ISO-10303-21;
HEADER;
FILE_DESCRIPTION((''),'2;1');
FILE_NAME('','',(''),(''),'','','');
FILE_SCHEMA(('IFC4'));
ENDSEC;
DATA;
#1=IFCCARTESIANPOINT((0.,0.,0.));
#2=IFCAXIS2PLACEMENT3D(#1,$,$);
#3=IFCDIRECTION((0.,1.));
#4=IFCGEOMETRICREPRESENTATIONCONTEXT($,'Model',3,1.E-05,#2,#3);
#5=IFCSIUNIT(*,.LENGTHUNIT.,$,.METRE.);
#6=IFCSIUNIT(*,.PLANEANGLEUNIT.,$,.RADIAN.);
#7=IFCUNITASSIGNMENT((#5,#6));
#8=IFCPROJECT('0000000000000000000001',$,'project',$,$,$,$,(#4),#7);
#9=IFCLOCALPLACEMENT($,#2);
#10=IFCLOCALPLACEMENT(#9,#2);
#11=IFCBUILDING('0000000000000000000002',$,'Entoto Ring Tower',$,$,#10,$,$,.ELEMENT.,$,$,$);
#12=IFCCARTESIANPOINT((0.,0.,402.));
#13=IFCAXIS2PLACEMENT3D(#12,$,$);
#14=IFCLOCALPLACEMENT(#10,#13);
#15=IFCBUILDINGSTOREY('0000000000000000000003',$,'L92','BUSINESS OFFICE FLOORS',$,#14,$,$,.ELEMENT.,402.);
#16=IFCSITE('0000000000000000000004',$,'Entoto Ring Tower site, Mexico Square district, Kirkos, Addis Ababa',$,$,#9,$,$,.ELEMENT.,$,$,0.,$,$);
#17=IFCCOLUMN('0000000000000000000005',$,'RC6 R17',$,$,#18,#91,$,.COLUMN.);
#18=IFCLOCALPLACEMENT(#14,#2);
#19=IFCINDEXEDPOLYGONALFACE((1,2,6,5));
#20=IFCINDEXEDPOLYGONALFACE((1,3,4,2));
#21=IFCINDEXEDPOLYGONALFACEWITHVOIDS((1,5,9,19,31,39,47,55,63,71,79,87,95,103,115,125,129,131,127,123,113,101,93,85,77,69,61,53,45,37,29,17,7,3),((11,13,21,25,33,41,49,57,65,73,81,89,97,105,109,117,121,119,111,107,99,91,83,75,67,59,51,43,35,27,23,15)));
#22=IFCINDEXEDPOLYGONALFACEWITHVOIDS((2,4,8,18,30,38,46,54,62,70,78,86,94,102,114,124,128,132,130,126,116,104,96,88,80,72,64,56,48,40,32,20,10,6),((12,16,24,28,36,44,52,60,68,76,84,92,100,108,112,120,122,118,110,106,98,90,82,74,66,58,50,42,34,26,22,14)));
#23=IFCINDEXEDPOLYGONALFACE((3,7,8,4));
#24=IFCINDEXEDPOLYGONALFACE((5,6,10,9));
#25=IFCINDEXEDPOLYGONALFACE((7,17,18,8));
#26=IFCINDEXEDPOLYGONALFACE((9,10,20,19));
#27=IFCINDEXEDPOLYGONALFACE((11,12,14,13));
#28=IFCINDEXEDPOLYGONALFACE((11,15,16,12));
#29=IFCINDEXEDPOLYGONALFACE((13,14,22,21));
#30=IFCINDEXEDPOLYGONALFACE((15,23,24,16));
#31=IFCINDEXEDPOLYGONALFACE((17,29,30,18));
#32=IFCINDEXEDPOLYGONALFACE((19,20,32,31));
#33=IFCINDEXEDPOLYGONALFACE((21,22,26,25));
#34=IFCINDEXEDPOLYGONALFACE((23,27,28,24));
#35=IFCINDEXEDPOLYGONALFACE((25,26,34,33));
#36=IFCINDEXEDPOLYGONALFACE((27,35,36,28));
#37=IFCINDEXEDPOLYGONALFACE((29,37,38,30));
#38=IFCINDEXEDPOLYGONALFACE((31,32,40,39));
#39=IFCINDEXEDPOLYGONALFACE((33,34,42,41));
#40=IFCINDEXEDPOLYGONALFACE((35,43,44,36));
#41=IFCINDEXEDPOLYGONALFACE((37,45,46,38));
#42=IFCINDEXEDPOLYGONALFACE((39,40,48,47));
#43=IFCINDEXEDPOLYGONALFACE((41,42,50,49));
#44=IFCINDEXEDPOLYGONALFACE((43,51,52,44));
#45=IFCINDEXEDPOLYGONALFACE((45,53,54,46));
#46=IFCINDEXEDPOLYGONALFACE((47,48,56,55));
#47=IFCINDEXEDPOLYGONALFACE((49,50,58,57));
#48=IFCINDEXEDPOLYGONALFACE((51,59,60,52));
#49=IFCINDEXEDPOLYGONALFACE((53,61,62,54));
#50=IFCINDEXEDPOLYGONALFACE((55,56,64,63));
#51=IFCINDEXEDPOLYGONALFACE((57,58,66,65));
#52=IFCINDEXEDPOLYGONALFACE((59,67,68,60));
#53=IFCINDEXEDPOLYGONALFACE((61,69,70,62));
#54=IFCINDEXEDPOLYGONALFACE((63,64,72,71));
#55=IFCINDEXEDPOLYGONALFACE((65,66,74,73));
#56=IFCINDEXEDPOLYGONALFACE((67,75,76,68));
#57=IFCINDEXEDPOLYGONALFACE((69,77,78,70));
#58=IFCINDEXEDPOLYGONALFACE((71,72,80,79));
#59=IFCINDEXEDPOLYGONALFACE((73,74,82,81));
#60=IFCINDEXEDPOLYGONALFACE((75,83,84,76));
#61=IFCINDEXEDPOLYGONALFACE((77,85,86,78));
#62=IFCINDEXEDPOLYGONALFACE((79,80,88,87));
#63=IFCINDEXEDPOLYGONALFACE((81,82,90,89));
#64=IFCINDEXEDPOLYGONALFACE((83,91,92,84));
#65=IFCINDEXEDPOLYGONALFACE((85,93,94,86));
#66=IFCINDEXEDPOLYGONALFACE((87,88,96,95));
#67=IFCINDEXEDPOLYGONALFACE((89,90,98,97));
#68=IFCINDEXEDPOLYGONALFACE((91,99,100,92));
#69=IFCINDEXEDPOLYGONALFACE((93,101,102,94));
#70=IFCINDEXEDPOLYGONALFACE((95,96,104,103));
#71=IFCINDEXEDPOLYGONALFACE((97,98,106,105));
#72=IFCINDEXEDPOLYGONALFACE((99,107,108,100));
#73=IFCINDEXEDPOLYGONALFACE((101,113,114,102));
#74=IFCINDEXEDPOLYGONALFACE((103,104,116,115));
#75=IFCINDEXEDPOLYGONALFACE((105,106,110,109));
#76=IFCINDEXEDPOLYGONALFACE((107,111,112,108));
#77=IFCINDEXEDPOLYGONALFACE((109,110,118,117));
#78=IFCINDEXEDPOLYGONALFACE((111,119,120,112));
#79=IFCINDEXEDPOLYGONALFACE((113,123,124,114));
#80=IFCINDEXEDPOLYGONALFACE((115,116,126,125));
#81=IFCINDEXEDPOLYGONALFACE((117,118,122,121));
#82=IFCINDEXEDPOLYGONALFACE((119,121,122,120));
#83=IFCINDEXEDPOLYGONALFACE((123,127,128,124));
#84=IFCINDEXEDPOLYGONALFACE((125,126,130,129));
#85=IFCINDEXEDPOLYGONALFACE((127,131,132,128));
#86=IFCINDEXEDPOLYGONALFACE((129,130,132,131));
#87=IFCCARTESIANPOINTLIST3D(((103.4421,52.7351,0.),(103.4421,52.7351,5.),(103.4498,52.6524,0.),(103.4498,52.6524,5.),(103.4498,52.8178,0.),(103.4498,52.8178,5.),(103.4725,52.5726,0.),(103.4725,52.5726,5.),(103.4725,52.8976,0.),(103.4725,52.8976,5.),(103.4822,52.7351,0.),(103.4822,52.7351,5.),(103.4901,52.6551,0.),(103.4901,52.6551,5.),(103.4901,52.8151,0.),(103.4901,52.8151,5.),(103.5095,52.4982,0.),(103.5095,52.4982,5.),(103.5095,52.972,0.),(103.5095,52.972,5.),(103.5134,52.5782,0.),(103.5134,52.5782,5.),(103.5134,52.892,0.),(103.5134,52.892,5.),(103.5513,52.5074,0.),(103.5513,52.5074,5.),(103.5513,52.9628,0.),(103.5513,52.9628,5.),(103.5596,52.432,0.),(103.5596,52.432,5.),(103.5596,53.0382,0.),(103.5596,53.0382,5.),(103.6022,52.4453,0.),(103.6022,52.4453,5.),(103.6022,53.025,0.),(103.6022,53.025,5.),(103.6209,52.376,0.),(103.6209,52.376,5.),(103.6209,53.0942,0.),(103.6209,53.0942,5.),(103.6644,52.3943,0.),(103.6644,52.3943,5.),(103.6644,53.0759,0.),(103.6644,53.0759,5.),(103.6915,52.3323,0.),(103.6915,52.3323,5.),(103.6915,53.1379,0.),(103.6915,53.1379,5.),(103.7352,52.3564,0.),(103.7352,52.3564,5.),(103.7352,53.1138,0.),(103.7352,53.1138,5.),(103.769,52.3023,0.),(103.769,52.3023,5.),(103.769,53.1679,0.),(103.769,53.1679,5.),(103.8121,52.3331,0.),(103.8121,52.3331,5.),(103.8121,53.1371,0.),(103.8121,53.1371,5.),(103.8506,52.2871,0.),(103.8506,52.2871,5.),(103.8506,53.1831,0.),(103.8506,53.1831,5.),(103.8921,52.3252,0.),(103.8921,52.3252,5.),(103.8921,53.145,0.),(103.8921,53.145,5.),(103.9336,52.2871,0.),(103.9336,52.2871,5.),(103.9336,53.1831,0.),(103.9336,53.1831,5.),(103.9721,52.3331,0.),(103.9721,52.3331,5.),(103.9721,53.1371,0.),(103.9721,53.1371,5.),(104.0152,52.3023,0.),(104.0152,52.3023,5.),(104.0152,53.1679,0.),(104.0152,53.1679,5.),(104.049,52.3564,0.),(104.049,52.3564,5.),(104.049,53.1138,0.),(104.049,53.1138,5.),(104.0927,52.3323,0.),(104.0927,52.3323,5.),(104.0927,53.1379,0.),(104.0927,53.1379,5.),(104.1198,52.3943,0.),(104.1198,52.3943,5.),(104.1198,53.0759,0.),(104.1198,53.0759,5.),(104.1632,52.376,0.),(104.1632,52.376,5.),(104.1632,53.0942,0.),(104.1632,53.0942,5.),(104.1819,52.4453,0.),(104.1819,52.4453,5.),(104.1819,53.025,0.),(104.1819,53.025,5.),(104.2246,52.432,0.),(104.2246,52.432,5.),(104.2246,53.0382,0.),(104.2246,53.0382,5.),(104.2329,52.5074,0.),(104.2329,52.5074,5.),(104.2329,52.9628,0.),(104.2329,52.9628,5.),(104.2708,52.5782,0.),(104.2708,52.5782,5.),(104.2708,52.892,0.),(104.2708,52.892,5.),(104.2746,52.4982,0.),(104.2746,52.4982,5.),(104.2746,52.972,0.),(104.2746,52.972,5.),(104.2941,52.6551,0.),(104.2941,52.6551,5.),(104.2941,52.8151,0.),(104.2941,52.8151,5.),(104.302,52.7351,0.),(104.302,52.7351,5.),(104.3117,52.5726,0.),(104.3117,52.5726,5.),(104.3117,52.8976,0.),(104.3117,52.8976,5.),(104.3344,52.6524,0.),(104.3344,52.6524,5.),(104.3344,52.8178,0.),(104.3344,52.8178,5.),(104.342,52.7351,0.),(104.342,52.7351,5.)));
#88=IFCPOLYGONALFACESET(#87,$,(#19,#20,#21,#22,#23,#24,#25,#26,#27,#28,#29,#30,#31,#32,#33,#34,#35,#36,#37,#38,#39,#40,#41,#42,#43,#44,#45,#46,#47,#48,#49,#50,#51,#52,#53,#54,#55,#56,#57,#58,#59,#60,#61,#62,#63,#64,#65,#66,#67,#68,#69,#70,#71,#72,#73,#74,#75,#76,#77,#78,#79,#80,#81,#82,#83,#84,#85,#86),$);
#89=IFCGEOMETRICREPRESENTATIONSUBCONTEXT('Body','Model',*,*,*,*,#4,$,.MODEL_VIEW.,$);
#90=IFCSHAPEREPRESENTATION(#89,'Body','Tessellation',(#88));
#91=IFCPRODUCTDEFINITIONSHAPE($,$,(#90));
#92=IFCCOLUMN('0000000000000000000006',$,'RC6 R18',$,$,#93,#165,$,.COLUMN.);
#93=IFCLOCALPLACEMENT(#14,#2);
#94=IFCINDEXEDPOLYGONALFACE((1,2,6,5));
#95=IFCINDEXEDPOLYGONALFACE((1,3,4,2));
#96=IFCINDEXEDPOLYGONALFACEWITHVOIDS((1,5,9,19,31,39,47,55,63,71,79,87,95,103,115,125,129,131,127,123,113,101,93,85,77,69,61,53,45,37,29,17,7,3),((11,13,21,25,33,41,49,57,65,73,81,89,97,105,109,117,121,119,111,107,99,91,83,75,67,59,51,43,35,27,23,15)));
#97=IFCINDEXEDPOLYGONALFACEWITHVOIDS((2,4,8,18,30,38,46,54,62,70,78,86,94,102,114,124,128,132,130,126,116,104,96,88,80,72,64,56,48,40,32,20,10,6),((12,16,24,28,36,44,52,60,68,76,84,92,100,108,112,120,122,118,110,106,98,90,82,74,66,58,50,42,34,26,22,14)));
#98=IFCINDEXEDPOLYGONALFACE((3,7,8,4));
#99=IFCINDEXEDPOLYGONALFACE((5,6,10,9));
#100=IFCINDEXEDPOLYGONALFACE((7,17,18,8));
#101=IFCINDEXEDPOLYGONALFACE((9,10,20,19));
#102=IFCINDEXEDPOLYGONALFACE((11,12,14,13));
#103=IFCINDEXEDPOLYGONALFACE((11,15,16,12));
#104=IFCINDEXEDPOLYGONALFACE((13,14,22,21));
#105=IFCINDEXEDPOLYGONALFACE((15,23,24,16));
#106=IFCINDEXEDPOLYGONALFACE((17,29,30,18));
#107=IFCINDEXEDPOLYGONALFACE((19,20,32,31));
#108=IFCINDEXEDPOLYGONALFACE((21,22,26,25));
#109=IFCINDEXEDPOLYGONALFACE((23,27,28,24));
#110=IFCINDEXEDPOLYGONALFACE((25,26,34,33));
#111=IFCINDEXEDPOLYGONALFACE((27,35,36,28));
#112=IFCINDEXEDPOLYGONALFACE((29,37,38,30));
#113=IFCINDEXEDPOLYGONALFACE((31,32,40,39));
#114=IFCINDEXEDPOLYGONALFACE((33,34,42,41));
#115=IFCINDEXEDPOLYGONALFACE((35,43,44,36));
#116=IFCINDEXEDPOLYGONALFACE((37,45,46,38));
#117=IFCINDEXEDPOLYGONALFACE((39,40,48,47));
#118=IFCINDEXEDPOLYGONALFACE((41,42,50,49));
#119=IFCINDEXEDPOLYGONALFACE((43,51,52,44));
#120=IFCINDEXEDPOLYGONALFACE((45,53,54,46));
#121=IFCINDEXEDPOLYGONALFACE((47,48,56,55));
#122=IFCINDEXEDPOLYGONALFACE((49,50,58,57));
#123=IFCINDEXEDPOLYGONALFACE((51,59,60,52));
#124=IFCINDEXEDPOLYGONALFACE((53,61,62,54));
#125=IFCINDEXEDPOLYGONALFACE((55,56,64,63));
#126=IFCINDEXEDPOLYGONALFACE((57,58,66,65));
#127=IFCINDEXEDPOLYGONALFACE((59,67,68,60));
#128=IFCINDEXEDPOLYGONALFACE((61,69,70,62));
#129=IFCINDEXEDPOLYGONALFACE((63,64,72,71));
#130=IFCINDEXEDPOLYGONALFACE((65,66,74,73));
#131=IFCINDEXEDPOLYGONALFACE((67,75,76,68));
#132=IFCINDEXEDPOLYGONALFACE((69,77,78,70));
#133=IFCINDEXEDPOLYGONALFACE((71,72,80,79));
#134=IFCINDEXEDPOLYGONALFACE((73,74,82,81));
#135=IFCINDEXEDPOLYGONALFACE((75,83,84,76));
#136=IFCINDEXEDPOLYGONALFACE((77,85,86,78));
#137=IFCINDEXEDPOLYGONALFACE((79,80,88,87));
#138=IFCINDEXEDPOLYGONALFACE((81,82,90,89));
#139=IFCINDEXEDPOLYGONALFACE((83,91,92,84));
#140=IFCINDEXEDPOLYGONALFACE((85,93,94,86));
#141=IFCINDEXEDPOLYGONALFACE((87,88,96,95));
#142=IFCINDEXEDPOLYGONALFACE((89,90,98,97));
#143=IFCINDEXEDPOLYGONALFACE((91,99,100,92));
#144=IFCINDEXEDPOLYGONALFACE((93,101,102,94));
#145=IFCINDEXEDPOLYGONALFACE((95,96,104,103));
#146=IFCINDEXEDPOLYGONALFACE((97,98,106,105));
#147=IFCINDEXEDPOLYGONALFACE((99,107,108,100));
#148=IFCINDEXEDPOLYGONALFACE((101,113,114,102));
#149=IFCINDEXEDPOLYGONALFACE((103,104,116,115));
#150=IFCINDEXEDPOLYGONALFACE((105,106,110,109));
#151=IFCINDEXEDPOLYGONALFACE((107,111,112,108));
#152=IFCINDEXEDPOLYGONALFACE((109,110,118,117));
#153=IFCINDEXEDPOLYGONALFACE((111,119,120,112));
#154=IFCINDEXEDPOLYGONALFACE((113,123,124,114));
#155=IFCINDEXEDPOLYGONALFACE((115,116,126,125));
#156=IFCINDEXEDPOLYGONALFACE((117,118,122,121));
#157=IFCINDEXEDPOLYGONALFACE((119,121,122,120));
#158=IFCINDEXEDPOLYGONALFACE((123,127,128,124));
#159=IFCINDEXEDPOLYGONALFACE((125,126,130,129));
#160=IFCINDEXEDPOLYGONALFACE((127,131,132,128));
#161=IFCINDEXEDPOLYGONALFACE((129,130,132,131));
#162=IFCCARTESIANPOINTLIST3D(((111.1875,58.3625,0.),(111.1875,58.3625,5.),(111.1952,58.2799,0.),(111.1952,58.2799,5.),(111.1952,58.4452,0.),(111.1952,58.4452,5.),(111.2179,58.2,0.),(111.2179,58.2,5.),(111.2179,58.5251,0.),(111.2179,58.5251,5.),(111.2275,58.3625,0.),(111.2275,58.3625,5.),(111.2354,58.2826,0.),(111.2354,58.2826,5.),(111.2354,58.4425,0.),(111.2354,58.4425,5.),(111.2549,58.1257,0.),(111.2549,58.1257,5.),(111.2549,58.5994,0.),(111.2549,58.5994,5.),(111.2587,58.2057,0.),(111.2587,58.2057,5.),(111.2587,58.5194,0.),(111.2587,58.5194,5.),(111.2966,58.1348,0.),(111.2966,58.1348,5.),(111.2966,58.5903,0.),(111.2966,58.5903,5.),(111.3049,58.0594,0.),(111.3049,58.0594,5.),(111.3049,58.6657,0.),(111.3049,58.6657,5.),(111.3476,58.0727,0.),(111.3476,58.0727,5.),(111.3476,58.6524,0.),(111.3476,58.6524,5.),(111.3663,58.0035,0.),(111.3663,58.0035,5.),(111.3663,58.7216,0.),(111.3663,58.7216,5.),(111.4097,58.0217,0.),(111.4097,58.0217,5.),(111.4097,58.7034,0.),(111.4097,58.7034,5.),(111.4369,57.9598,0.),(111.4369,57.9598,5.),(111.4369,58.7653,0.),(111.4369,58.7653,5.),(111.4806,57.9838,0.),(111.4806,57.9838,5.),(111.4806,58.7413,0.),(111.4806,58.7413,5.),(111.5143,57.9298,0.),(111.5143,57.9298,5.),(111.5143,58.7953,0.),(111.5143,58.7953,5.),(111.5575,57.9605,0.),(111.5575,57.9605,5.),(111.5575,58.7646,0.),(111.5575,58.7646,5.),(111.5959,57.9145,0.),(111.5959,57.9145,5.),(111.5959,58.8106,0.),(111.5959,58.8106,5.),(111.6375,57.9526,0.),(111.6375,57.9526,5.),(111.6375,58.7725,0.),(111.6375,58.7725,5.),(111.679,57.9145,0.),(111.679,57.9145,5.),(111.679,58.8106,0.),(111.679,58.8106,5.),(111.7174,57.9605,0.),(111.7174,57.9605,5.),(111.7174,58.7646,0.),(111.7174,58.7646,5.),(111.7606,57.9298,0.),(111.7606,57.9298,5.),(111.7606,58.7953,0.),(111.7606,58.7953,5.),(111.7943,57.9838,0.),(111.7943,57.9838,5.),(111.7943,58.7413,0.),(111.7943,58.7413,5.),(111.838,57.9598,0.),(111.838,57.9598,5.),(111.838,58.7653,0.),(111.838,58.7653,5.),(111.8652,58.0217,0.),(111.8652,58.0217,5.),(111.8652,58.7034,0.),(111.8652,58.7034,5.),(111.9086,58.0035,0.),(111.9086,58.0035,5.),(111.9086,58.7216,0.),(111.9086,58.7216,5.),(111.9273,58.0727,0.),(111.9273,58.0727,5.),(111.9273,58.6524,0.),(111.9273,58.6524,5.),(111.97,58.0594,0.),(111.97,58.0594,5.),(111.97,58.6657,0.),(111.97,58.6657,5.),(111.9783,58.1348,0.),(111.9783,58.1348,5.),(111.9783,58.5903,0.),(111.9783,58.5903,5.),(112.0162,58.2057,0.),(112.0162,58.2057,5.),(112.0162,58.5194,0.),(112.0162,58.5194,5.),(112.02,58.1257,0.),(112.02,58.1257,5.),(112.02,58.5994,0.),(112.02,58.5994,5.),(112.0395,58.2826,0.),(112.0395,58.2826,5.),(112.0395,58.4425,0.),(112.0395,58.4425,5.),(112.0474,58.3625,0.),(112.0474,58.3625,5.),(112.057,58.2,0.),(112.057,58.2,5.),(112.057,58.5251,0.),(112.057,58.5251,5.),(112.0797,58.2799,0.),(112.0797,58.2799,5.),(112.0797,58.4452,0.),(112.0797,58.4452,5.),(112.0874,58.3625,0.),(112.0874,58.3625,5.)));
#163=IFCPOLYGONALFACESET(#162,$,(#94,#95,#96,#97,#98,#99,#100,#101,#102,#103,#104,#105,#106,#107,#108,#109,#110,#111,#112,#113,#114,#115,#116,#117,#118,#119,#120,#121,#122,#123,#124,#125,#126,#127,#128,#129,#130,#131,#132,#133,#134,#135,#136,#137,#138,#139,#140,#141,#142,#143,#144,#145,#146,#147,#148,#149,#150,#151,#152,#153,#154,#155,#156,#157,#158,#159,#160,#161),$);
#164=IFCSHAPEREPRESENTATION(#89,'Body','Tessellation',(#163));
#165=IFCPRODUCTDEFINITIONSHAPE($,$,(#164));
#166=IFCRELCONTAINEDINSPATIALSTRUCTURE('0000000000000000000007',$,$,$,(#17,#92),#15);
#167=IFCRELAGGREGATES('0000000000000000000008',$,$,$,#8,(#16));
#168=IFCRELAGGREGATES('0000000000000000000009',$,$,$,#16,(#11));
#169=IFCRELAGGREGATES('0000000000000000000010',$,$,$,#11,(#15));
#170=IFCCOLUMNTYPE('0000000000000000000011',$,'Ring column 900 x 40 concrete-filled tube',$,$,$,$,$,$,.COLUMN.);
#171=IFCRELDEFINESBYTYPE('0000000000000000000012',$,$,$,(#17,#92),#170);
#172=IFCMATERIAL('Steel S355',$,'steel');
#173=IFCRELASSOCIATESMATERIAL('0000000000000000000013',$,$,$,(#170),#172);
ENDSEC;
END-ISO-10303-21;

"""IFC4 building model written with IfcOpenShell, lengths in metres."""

from ifc_helpers import new_model, si_unit, direction, frame, origin, origin_2d, place, context, subcontext, project, spatial, circle, hollow_circle, extrude, material, material_profile, profile_set, type_object, element, save


model = new_model("IFC4")

# Units and contexts
model_context = context("Model", 3, precision=1e-05, world=origin(), true_north=direction((0.0, 1.0)))
body_context = subcontext(model_context, "Body", "Model", "MODEL_VIEW")
ifc_project = project(units=[si_unit("LENGTHUNIT", "METRE"), si_unit("PLANEANGLEUNIT", "RADIAN")], contexts=[model_context])

# Site, building, storey
site_placement = place(None, origin())
site = spatial("IfcSite", under=ifc_project, at=site_placement, Name="Entoto Ring Tower site, Mexico Square district, Kirkos, Addis Ababa", CompositionType="ELEMENT", RefElevation=0.0)
building_placement = place(site_placement, origin())
building = spatial("IfcBuilding", under=site, at=building_placement, Name="Entoto Ring Tower", CompositionType="ELEMENT")
storey_placement = place(building_placement, frame((0.0, 0.0, 402.0)))
storey = spatial("IfcBuildingStorey", under=building, at=storey_placement, Name="L92", Description="BUSINESS OFFICE FLOORS", CompositionType="ELEMENT", Elevation=402.0)

# Columns
ifc_material_1 = material(Name="Steel S355", Category="steel")
ifc_material_profile_1 = material_profile(ifc_material_1, hollow_circle(Radius=0.45, WallThickness=0.04, at=origin_2d()), Name="CHS 900 x 40")
ifc_material_2 = material(Name="Concrete C60/75", Category="concrete")
ifc_material_profile_2 = material_profile(ifc_material_2, circle(Radius=0.4099, at=origin_2d()), Name="Concrete C60/75 infill")
ifc_profile_set_1 = profile_set([ifc_material_profile_1, ifc_material_profile_2], Name="Steel S355")
column_type = type_object("IfcColumnType", Name="Ring column 900 x 40 concrete-filled tube", PredefinedType="COLUMN", material=ifc_profile_set_1)
for number, where, z_axis, x_axis, name in (
    (1, (103.8921, 52.7351, 0.0), (0.0, 0.0, 1.0), (1.0, 0.0, 0.0), "RC6 R17"),
    (2, (111.6375, 58.3625, 0.0), (0.0, 0.0, 1.0), (1.0, 0.0, 0.0), "RC6 R18"),
):
    element("IfcColumn", number, at=place(storey_placement, frame(where, z_axis=z_axis, x_axis=x_axis)), inside=storey, type_object=column_type, Name=name, PredefinedType="COLUMN", context=body_context, shape_type="SweptSolid", body=[
        extrude(hollow_circle(Radius=0.45, WallThickness=0.04, at=origin_2d()), origin(), (0.0, 0.0, 1.0), 5.0),
    ])

save(model, "model.ifc")
